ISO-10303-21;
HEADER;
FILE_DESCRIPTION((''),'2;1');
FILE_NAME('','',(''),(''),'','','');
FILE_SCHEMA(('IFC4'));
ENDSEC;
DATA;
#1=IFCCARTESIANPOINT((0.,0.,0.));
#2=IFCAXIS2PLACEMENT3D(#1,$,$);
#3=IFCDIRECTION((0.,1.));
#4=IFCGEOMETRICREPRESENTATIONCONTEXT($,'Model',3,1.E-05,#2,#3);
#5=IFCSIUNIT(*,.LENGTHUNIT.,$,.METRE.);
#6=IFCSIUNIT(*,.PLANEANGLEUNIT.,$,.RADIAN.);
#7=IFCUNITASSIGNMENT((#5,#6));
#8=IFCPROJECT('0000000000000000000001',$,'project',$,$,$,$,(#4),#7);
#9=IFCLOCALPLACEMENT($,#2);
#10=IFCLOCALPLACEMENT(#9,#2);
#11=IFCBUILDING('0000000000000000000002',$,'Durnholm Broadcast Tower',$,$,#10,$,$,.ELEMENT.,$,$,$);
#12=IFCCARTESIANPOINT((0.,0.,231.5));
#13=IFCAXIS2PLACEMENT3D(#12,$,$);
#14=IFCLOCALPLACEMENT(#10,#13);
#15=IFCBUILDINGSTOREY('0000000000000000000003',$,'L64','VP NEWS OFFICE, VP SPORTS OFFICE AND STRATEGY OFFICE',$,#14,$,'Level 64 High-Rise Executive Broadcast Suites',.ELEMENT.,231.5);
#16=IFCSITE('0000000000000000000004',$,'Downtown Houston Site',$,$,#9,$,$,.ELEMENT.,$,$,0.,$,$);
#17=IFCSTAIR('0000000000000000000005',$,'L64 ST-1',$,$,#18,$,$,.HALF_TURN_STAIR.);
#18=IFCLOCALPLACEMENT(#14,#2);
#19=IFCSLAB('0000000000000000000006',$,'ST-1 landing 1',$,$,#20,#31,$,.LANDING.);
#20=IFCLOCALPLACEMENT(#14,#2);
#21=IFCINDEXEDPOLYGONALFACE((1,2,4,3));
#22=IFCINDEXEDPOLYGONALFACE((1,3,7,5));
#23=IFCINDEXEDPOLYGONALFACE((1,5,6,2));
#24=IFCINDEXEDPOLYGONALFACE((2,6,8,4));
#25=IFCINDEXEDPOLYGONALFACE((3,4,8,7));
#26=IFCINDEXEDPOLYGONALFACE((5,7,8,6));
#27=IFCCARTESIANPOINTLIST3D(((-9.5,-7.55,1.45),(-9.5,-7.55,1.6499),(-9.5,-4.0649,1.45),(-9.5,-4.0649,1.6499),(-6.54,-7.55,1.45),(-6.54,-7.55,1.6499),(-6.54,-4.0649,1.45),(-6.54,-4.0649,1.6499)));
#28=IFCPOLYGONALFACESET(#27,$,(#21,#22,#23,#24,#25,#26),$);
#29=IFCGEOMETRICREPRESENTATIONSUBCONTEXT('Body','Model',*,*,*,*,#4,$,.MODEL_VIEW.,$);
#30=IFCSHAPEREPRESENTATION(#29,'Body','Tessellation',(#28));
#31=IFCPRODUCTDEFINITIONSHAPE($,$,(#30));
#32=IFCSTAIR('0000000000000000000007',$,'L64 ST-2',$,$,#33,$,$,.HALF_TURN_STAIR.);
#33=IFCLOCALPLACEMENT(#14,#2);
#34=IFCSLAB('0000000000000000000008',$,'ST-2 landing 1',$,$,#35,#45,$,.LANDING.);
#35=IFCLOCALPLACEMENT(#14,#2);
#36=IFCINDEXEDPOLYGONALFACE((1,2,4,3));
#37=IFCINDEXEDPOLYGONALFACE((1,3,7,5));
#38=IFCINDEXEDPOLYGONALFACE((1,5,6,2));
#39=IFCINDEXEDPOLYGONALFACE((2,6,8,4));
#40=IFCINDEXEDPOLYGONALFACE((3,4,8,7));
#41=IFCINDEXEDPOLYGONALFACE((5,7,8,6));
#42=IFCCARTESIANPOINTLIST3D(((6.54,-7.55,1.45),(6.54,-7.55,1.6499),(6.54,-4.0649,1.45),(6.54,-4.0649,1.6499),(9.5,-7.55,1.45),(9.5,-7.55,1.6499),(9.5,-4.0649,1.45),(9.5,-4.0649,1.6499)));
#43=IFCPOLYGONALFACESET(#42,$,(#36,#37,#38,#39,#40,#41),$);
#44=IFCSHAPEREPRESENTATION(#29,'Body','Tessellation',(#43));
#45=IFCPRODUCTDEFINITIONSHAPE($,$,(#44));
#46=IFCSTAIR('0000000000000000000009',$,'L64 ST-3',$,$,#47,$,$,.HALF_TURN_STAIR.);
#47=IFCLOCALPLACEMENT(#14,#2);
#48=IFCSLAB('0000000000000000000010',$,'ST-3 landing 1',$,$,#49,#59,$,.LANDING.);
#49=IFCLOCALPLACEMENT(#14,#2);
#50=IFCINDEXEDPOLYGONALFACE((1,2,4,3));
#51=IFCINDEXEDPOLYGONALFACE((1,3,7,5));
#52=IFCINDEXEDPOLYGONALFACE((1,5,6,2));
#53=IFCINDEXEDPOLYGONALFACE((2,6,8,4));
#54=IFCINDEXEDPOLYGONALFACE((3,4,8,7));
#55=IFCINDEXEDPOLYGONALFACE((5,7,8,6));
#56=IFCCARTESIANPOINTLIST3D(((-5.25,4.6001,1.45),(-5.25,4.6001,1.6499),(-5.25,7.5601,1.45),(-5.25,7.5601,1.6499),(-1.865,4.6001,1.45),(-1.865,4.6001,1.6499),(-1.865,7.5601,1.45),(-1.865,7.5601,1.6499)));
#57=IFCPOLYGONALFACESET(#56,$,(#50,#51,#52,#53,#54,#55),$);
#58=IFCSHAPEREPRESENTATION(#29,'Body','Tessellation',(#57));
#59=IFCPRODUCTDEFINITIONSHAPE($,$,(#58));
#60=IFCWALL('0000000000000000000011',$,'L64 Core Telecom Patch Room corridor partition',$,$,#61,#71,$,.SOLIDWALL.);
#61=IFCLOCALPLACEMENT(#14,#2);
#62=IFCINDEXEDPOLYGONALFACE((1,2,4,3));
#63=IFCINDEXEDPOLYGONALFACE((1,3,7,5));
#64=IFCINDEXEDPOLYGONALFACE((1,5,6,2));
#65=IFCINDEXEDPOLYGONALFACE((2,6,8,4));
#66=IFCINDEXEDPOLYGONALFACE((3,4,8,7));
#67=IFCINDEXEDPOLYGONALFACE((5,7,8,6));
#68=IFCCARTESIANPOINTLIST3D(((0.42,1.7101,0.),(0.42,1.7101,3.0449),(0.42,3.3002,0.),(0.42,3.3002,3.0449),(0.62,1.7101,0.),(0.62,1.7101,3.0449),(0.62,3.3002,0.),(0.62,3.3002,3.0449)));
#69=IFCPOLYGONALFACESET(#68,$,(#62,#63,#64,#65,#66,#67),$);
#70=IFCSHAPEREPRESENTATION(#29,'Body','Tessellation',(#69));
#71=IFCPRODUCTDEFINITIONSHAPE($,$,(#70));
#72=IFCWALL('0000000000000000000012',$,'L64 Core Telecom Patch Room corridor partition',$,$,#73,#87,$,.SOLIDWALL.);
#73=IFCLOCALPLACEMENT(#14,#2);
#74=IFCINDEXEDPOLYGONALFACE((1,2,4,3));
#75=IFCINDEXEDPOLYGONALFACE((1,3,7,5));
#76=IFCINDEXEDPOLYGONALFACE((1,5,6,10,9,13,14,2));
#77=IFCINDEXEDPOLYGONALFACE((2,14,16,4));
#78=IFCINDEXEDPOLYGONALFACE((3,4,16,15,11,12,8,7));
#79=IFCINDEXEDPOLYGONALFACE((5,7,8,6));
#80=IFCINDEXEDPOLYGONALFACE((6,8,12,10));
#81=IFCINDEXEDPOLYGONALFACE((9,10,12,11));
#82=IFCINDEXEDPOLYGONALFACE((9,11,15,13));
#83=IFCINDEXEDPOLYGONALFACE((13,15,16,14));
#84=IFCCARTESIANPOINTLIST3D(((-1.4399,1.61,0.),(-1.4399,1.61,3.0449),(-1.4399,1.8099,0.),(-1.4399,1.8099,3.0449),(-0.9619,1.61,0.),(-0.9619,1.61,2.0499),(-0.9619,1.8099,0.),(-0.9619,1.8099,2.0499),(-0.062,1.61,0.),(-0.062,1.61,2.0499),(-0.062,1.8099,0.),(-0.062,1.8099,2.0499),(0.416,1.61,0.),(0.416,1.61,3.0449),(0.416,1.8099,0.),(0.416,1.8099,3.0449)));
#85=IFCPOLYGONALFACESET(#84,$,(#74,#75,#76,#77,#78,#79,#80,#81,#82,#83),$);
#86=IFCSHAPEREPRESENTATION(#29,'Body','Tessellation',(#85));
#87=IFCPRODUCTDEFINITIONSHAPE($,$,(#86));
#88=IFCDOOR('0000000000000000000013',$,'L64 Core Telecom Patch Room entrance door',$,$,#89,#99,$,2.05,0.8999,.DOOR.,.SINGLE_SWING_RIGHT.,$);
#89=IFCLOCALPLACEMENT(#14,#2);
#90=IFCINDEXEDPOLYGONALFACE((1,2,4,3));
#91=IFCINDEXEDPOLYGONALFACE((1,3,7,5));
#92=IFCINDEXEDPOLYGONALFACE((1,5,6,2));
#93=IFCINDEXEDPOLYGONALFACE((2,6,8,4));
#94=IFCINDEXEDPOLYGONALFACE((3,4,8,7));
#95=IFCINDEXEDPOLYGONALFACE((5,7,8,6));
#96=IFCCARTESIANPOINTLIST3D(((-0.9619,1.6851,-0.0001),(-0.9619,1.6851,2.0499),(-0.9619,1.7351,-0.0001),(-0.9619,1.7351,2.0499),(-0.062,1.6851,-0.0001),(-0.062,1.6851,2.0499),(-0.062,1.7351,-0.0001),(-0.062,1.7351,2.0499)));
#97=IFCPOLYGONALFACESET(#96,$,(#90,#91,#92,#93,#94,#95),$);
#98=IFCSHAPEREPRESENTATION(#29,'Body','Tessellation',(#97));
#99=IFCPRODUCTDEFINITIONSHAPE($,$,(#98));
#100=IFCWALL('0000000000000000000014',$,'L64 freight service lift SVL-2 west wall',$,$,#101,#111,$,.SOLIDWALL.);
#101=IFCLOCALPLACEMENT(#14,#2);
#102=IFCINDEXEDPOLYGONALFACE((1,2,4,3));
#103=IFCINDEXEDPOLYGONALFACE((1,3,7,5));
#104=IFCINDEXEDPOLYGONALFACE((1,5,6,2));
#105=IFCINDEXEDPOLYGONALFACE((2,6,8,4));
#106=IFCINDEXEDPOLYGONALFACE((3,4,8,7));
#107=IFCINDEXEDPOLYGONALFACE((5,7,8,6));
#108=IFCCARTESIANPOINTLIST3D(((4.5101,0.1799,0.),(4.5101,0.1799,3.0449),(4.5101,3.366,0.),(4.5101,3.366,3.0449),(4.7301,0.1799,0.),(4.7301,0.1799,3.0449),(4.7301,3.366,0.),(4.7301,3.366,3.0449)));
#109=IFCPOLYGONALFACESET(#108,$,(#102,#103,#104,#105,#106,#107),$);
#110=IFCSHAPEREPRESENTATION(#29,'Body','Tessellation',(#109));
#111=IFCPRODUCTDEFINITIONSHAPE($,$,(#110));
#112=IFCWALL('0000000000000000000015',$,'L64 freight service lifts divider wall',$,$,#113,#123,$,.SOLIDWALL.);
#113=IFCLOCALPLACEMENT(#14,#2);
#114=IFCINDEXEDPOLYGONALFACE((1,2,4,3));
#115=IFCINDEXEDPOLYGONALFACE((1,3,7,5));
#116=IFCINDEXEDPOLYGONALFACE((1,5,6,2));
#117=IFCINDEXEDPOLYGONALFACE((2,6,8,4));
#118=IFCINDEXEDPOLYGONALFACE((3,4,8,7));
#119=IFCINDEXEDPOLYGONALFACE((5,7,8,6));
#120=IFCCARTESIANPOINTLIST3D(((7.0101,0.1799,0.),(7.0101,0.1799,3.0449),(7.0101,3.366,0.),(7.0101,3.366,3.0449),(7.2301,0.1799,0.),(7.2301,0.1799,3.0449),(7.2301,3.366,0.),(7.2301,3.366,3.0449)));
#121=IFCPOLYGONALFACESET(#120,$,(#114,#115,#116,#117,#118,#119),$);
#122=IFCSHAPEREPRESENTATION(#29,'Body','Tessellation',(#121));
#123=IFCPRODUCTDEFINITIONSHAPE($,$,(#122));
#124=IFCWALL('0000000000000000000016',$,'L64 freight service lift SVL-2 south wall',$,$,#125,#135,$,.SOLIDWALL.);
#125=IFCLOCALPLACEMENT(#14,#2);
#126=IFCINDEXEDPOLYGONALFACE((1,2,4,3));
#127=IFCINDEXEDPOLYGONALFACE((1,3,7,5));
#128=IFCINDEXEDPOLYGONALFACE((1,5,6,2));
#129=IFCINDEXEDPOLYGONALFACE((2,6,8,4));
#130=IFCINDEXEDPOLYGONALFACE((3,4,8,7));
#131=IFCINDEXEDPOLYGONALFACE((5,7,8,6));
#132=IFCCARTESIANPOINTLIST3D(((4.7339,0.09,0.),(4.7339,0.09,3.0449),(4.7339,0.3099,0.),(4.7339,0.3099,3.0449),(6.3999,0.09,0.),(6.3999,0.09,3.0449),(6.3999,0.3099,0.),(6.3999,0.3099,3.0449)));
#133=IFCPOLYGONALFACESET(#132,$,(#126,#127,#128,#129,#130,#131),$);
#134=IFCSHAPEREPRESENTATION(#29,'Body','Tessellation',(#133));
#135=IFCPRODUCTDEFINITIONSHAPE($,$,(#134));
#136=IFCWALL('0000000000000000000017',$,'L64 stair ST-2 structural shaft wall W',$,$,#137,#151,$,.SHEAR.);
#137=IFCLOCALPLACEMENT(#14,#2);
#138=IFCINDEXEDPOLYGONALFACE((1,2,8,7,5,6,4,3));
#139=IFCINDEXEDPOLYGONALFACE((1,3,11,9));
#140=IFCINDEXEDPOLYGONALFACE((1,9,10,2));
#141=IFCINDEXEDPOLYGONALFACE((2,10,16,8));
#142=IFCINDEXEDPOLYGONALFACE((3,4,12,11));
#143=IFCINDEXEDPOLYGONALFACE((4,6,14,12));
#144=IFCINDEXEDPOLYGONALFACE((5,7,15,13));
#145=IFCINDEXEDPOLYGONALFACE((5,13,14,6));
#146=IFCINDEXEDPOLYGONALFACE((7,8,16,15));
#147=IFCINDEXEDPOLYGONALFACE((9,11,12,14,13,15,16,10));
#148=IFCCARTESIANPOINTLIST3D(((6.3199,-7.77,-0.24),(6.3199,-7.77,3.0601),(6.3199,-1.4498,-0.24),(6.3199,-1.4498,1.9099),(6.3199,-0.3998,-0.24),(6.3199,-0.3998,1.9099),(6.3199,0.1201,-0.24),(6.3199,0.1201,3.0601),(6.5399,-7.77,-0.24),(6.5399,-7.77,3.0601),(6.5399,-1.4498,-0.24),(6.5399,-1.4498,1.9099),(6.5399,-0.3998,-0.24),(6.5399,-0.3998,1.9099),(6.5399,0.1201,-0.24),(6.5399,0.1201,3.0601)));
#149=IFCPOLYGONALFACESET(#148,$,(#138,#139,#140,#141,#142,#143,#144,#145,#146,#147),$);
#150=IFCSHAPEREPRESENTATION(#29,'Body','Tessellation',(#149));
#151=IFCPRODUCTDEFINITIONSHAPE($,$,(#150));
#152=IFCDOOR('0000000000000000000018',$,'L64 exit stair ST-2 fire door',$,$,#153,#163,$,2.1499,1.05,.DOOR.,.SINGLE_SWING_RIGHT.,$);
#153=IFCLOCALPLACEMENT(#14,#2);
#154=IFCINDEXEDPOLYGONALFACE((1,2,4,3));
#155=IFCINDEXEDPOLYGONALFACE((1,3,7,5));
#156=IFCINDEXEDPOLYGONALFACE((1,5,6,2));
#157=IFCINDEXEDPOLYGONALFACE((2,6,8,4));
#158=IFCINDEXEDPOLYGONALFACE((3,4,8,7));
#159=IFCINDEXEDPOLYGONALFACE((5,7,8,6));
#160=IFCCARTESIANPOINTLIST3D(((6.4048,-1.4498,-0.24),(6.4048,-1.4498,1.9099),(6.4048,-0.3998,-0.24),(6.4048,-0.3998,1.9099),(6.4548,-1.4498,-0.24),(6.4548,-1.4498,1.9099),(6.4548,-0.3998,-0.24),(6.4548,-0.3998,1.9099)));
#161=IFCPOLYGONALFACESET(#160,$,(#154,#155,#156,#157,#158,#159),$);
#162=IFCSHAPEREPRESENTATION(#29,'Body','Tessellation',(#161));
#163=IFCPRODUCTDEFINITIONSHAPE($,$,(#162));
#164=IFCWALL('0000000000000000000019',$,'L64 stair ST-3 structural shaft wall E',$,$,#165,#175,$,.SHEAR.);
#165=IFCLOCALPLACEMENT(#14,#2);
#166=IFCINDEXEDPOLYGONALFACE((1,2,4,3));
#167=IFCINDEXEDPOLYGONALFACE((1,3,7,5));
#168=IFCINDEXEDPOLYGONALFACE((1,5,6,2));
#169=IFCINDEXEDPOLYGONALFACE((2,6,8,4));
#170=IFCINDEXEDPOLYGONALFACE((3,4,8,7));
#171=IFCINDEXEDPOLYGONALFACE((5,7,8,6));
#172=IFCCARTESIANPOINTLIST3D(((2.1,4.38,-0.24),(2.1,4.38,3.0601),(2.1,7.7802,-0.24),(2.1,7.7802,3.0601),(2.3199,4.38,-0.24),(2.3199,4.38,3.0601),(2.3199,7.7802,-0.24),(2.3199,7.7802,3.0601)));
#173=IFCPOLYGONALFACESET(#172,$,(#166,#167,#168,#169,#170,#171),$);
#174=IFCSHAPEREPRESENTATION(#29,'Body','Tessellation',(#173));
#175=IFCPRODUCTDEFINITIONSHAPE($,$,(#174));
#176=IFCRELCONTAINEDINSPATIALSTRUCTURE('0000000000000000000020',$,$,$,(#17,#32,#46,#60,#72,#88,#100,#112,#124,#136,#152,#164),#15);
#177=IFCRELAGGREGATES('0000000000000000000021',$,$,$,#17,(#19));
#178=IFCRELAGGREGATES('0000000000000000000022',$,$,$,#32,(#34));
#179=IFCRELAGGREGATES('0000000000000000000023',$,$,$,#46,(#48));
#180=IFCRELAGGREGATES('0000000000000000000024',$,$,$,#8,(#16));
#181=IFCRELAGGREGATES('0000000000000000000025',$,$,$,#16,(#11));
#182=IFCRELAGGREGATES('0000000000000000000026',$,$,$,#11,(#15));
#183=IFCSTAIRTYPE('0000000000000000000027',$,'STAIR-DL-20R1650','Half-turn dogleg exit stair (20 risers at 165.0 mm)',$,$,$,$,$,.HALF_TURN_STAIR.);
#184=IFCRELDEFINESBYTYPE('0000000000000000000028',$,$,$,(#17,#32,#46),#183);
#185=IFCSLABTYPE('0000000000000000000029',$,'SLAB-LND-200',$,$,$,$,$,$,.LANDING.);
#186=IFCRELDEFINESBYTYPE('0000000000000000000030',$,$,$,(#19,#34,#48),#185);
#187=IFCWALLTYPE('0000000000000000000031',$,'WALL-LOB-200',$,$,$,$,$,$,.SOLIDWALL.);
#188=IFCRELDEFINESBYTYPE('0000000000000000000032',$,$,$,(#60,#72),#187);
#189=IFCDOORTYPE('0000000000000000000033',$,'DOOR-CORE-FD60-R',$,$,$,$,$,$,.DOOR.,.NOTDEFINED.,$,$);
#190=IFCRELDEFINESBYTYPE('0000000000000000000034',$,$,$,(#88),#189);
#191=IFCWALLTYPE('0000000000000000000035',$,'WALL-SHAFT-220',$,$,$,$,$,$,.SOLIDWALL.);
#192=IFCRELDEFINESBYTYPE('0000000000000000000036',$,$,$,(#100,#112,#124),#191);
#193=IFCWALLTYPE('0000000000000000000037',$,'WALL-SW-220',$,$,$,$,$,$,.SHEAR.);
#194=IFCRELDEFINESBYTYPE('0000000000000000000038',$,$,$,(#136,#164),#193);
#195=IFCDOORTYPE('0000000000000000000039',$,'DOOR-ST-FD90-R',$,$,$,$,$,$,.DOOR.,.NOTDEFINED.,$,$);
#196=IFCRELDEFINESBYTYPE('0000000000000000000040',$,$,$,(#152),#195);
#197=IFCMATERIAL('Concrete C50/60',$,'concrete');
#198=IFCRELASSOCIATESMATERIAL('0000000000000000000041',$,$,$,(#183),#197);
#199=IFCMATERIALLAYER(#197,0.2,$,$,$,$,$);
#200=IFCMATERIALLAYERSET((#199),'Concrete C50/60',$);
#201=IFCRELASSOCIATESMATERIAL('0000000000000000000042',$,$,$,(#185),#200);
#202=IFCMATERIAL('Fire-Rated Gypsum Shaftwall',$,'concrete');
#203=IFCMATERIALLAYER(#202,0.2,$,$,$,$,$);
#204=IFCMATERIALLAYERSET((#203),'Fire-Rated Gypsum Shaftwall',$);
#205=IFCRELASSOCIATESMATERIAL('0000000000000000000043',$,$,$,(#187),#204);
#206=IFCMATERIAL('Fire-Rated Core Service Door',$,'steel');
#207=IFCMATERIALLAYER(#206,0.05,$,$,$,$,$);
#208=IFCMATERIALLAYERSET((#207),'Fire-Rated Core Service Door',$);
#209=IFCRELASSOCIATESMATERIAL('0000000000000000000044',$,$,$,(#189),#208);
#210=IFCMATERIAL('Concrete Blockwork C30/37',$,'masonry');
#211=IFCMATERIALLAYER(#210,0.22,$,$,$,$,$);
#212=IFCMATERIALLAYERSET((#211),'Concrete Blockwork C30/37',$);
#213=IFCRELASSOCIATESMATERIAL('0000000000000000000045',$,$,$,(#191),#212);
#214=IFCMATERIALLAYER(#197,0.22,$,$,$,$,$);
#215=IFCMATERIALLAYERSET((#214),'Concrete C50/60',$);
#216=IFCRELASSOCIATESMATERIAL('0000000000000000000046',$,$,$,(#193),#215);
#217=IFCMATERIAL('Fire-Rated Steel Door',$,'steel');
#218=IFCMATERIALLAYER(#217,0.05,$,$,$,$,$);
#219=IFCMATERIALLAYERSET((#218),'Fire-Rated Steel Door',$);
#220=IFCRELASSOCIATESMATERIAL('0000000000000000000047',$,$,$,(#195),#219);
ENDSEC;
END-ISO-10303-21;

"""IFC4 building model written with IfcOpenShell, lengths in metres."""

from ifc_helpers import new_model, si_unit, direction, frame, frame_2d, origin, place, context, subcontext, project, spatial, polyline, rectangle, outline, extrude, source, transform, mapped, material, layer, layer_set, type_object, type_shapes, element, fill, aggregate, save


model = new_model("IFC4")

# Units and contexts
model_context = context("Model", 3, precision=1e-05, world=origin(), true_north=direction((0.0, 1.0)))
body_context = subcontext(model_context, "Body", "Model", "MODEL_VIEW")
ifc_project = project(units=[si_unit("LENGTHUNIT", "METRE"), si_unit("PLANEANGLEUNIT", "RADIAN")], contexts=[model_context])

# Site, building, storey
site_placement = place(None, origin())
site = spatial("IfcSite", under=ifc_project, at=site_placement, Name="Downtown Houston Site", CompositionType="ELEMENT", RefElevation=0.0)
building_placement = place(site_placement, origin())
building = spatial("IfcBuilding", under=site, at=building_placement, Name="Durnholm Broadcast Tower", CompositionType="ELEMENT")
storey_placement = place(building_placement, frame((0.0, 0.0, 231.5)))
storey = spatial("IfcBuildingStorey", under=building, at=storey_placement, Name="L64", Description="VP NEWS OFFICE, VP SPORTS OFFICE AND STRATEGY OFFICE", LongName="Level 64 High-Rise Executive Broadcast Suites", CompositionType="ELEMENT", Elevation=231.5)

# Stairs, slabs
ifc_material_1 = material(Name="Concrete C50/60", Category="concrete")
stair_type = type_object("IfcStairType", Name="STAIR-DL-20R1650", Description="Half-turn dogleg exit stair (20 risers at 165.0 mm)", PredefinedType="HALF_TURN_STAIR", material=ifc_material_1)
stair_1_placement = place(storey_placement, origin())
stair_1 = element("IfcStair", 1, at=stair_1_placement, inside=storey, type_object=stair_type, Name="L64 ST-1", PredefinedType="HALF_TURN_STAIR")
ifc_layer_1 = layer(ifc_material_1, 0.2)
ifc_layer_set_1 = layer_set([ifc_layer_1], Name="Concrete C50/60")
slab_type = type_object("IfcSlabType", Name="SLAB-LND-200", PredefinedType="LANDING", material=ifc_layer_set_1)
slab_1_placement = place(storey_placement, frame((0.0, 0.0, 1.45)))
slab_1 = element("IfcSlab", 2, at=slab_1_placement, type_object=slab_type, Name="ST-1 landing 1", PredefinedType="LANDING", context=body_context, shape_type="SweptSolid", body=[
    extrude(outline(polyline([(-9.5, -4.0649), (-9.5, -7.55), (-6.54, -7.55), (-6.54, -4.0649), (-9.5, -4.0649)])), origin(), (0.0, 0.0, 1.0), 0.2),
])
aggregate(stair_1, [slab_1])
stair_2_placement = place(storey_placement, origin())
stair_2 = element("IfcStair", 3, at=stair_2_placement, inside=storey, type_object=stair_type, Name="L64 ST-2", PredefinedType="HALF_TURN_STAIR")
slab_2_placement = place(storey_placement, frame((0.0, 0.0, 1.45)))
slab_2 = element("IfcSlab", 4, at=slab_2_placement, type_object=slab_type, Name="ST-2 landing 1", PredefinedType="LANDING", context=body_context, shape_type="SweptSolid", body=[
    extrude(outline(polyline([(6.54, -4.0649), (6.54, -7.55), (9.5, -7.55), (9.5, -4.0649), (6.54, -4.0649)])), origin(), (0.0, 0.0, 1.0), 0.2),
])
aggregate(stair_2, [slab_2])
stair_3_placement = place(storey_placement, origin())
stair_3 = element("IfcStair", 5, at=stair_3_placement, inside=storey, type_object=stair_type, Name="L64 ST-3", PredefinedType="HALF_TURN_STAIR")
slab_3_placement = place(storey_placement, frame((0.0, 0.0, 1.45)))
slab_3 = element("IfcSlab", 6, at=slab_3_placement, type_object=slab_type, Name="ST-3 landing 1", PredefinedType="LANDING", context=body_context, shape_type="SweptSolid", body=[
    extrude(outline(polyline([(-1.865, 7.5601), (-5.25, 7.5601), (-5.25, 4.6001), (-1.865, 4.6001), (-1.865, 7.5601)])), origin(), (0.0, 0.0, 1.0), 0.2),
])

# Wall
ifc_material_2 = material(Name="Fire-Rated Gypsum Shaftwall", Category="concrete")
ifc_layer_2 = layer(ifc_material_2, 0.2)
ifc_layer_set_2 = layer_set([ifc_layer_2], Name="Fire-Rated Gypsum Shaftwall")
wall_type_1 = type_object("IfcWallType", Name="WALL-LOB-200", PredefinedType="SOLIDWALL", material=ifc_layer_set_2)
wall_1_placement = place(storey_placement, frame((0.52, 3.3, 0.0), z_axis=(0.0, 0.0, 1.0), x_axis=(0.0, -1.0, 0.0)))
element("IfcWall", 7, at=wall_1_placement, inside=storey, type_object=wall_type_1, Name="L64 Core Telecom Patch Room corridor partition", PredefinedType="SOLIDWALL", context=body_context, shape_type="SweptSolid", body=[
    extrude(rectangle(XDim=1.5901, YDim=0.2, at=frame_2d((0.7949, 0.0))), origin(), (0.0, 0.0, 1.0), 3.0449),
])

# Wall, opening, door
wall_2_placement = place(storey_placement, frame((0.416, 1.71, 0.0), z_axis=(0.0, 0.0, 1.0), x_axis=(-1.0, 0.0, 0.0)))
wall_2 = element("IfcWall", 8, at=wall_2_placement, inside=storey, type_object=wall_type_1, Name="L64 Core Telecom Patch Room corridor partition", PredefinedType="SOLIDWALL", context=body_context, shape_type="SweptSolid", body=[
    extrude(rectangle(XDim=1.856, YDim=0.2, at=frame_2d((0.928, 0.0))), origin(), (0.0, 0.0, 1.0), 3.0449),
])
opening_1_placement = place(wall_2_placement, frame((0.478, 0.0, 0.0)))
opening_1 = element("IfcOpeningElement", 9, at=opening_1_placement, cuts=wall_2, PredefinedType="OPENING", context=body_context, shape_type="SweptSolid", body=[
    extrude(rectangle(XDim=0.8999, YDim=2.05, at=frame_2d((0.45, 1.0249))), frame((0.0, 0.1099, 0.0), z_axis=(0.0, -1.0, 0.0), x_axis=(1.0, 0.0, 0.0)), (0.0, 0.0, 1.0), 0.22),
])
ifc_material_3 = material(Name="Fire-Rated Core Service Door", Category="steel")
ifc_layer_3 = layer(ifc_material_3, 0.05)
ifc_layer_set_3 = layer_set([ifc_layer_3], Name="Fire-Rated Core Service Door")
door_type_1 = type_object("IfcDoorType", Name="DOOR-CORE-FD60-R", OperationType="NOTDEFINED", PredefinedType="DOOR", material=ifc_layer_set_3)
shared_shape_1 = source(origin(), body_context, "Body", "SweptSolid", [
    extrude(rectangle(XDim=0.8999, YDim=2.05, at=frame_2d((0.45, 1.0249))), frame((0.0, 0.0249, 0.0), z_axis=(0.0, -1.0, 0.0), x_axis=(1.0, 0.0, 0.0)), (0.0, 0.0, 1.0), 0.05),
])
type_shapes(door_type_1, [shared_shape_1])
door_1_placement = place(opening_1_placement, origin())
door_1 = element("IfcDoor", 10, at=door_1_placement, inside=storey, type_object=door_type_1, Name="L64 Core Telecom Patch Room entrance door", OperationType="SINGLE_SWING_RIGHT", OverallHeight=2.05, OverallWidth=0.8999, PredefinedType="DOOR", context=body_context, shape_type="MappedRepresentation", body=[
    mapped(shared_shape_1, transform((0.0, 0.0, 0.0), x_axis=(1.0, 0.0, 0.0), y_axis=(0.0, 1.0, 0.0), z_axis=(0.0, 0.0, 1.0), scale=1.0)),
])
fill(opening_1, door_1)

# Shared definitions
ifc_material_4 = material(Name="Concrete Blockwork C30/37", Category="masonry")
ifc_layer_4 = layer(ifc_material_4, 0.22)
ifc_layer_set_4 = layer_set([ifc_layer_4], Name="Concrete Blockwork C30/37")
wall_type_2 = type_object("IfcWallType", Name="WALL-SHAFT-220", PredefinedType="SOLIDWALL", material=ifc_layer_set_4)

# Walls
for number, where, z_axis, x_axis, name in (
    (11, (4.6201, 0.1799, 0.0), (0.0, 0.0, 1.0), (0.0, 1.0, 0.0), "L64 freight service lift SVL-2 west wall"),
    (12, (7.1201, 0.1799, 0.0), (0.0, 0.0, 1.0), (0.0, 1.0, 0.0), "L64 freight service lifts divider wall"),
):
    element("IfcWall", number, at=place(storey_placement, frame(where, z_axis=z_axis, x_axis=x_axis)), inside=storey, type_object=wall_type_2, Name=name, PredefinedType="SOLIDWALL", context=body_context, shape_type="SweptSolid", body=[
        extrude(rectangle(XDim=3.186, YDim=0.22, at=frame_2d((1.593, 0.0))), origin(), (0.0, 0.0, 1.0), 3.0449),
    ])
wall_3_placement = place(storey_placement, frame((4.7339, 0.2, 0.0), z_axis=(0.0, 0.0, 1.0), x_axis=(1.0, 0.0, 0.0)))
element("IfcWall", 13, at=wall_3_placement, inside=storey, type_object=wall_type_2, Name="L64 freight service lift SVL-2 south wall", PredefinedType="SOLIDWALL", context=body_context, shape_type="SweptSolid", body=[
    extrude(rectangle(XDim=1.666, YDim=0.22, at=frame_2d((0.833, 0.0))), origin(), (0.0, 0.0, 1.0), 3.0449),
])

# Wall, opening, door
ifc_layer_5 = layer(ifc_material_1, 0.22)
ifc_layer_set_5 = layer_set([ifc_layer_5], Name="Concrete C50/60")
wall_type_3 = type_object("IfcWallType", Name="WALL-SW-220", PredefinedType="SHEAR", material=ifc_layer_set_5)
wall_4_placement = place(storey_placement, frame((6.4299, 0.1201, -0.24), z_axis=(0.0, 0.0, 1.0), x_axis=(0.0, -1.0, 0.0)))
wall_4 = element("IfcWall", 14, at=wall_4_placement, inside=storey, type_object=wall_type_3, Name="L64 stair ST-2 structural shaft wall W", PredefinedType="SHEAR", context=body_context, shape_type="SweptSolid", body=[
    extrude(rectangle(XDim=7.8901, YDim=0.22, at=frame_2d((3.9451, 0.0))), origin(), (0.0, 0.0, 1.0), 3.3),
])
opening_2_placement = place(wall_4_placement, frame((0.52, 0.0, 0.0)))
opening_2 = element("IfcOpeningElement", 15, at=opening_2_placement, cuts=wall_4, PredefinedType="OPENING", context=body_context, shape_type="SweptSolid", body=[
    extrude(rectangle(XDim=1.05, YDim=2.1499, at=frame_2d((0.5249, 1.075))), frame((0.0, 0.1201, 0.0), z_axis=(0.0, -1.0, 0.0), x_axis=(1.0, 0.0, 0.0)), (0.0, 0.0, 1.0), 0.24),
])
ifc_material_5 = material(Name="Fire-Rated Steel Door", Category="steel")
ifc_layer_6 = layer(ifc_material_5, 0.05)
ifc_layer_set_6 = layer_set([ifc_layer_6], Name="Fire-Rated Steel Door")
door_type_2 = type_object("IfcDoorType", Name="DOOR-ST-FD90-R", OperationType="NOTDEFINED", PredefinedType="DOOR", material=ifc_layer_set_6)
shared_shape_2 = source(origin(), body_context, "Body", "SweptSolid", [
    extrude(rectangle(XDim=1.05, YDim=2.1499, at=frame_2d((0.5249, 1.075))), frame((0.0, 0.0249, 0.0), z_axis=(0.0, -1.0, 0.0), x_axis=(1.0, 0.0, 0.0)), (0.0, 0.0, 1.0), 0.05),
])
type_shapes(door_type_2, [shared_shape_2])
door_2_placement = place(opening_2_placement, origin())
door_2 = element("IfcDoor", 16, at=door_2_placement, inside=storey, type_object=door_type_2, Name="L64 exit stair ST-2 fire door", OperationType="SINGLE_SWING_RIGHT", OverallHeight=2.1499, OverallWidth=1.05, PredefinedType="DOOR", context=body_context, shape_type="MappedRepresentation", body=[
    mapped(shared_shape_2, transform((0.0, 0.0, 0.0), x_axis=(1.0, 0.0, 0.0), y_axis=(0.0, 1.0, 0.0), z_axis=(0.0, 0.0, 1.0), scale=1.0)),
])
fill(opening_2, door_2)

# Wall
wall_5_placement = place(storey_placement, frame((2.21, 4.3799, -0.24), z_axis=(0.0, 0.0, 1.0), x_axis=(0.0, 1.0, 0.0)))
element("IfcWall", 17, at=wall_5_placement, inside=storey, type_object=wall_type_3, Name="L64 stair ST-3 structural shaft wall E", PredefinedType="SHEAR", context=body_context, shape_type="SweptSolid", body=[
    extrude(rectangle(XDim=3.4001, YDim=0.22, at=frame_2d((1.7002, 0.0))), origin(), (0.0, 0.0, 1.0), 3.3),
])

aggregate(stair_3, [slab_3])

save(model, "model.ifc")
